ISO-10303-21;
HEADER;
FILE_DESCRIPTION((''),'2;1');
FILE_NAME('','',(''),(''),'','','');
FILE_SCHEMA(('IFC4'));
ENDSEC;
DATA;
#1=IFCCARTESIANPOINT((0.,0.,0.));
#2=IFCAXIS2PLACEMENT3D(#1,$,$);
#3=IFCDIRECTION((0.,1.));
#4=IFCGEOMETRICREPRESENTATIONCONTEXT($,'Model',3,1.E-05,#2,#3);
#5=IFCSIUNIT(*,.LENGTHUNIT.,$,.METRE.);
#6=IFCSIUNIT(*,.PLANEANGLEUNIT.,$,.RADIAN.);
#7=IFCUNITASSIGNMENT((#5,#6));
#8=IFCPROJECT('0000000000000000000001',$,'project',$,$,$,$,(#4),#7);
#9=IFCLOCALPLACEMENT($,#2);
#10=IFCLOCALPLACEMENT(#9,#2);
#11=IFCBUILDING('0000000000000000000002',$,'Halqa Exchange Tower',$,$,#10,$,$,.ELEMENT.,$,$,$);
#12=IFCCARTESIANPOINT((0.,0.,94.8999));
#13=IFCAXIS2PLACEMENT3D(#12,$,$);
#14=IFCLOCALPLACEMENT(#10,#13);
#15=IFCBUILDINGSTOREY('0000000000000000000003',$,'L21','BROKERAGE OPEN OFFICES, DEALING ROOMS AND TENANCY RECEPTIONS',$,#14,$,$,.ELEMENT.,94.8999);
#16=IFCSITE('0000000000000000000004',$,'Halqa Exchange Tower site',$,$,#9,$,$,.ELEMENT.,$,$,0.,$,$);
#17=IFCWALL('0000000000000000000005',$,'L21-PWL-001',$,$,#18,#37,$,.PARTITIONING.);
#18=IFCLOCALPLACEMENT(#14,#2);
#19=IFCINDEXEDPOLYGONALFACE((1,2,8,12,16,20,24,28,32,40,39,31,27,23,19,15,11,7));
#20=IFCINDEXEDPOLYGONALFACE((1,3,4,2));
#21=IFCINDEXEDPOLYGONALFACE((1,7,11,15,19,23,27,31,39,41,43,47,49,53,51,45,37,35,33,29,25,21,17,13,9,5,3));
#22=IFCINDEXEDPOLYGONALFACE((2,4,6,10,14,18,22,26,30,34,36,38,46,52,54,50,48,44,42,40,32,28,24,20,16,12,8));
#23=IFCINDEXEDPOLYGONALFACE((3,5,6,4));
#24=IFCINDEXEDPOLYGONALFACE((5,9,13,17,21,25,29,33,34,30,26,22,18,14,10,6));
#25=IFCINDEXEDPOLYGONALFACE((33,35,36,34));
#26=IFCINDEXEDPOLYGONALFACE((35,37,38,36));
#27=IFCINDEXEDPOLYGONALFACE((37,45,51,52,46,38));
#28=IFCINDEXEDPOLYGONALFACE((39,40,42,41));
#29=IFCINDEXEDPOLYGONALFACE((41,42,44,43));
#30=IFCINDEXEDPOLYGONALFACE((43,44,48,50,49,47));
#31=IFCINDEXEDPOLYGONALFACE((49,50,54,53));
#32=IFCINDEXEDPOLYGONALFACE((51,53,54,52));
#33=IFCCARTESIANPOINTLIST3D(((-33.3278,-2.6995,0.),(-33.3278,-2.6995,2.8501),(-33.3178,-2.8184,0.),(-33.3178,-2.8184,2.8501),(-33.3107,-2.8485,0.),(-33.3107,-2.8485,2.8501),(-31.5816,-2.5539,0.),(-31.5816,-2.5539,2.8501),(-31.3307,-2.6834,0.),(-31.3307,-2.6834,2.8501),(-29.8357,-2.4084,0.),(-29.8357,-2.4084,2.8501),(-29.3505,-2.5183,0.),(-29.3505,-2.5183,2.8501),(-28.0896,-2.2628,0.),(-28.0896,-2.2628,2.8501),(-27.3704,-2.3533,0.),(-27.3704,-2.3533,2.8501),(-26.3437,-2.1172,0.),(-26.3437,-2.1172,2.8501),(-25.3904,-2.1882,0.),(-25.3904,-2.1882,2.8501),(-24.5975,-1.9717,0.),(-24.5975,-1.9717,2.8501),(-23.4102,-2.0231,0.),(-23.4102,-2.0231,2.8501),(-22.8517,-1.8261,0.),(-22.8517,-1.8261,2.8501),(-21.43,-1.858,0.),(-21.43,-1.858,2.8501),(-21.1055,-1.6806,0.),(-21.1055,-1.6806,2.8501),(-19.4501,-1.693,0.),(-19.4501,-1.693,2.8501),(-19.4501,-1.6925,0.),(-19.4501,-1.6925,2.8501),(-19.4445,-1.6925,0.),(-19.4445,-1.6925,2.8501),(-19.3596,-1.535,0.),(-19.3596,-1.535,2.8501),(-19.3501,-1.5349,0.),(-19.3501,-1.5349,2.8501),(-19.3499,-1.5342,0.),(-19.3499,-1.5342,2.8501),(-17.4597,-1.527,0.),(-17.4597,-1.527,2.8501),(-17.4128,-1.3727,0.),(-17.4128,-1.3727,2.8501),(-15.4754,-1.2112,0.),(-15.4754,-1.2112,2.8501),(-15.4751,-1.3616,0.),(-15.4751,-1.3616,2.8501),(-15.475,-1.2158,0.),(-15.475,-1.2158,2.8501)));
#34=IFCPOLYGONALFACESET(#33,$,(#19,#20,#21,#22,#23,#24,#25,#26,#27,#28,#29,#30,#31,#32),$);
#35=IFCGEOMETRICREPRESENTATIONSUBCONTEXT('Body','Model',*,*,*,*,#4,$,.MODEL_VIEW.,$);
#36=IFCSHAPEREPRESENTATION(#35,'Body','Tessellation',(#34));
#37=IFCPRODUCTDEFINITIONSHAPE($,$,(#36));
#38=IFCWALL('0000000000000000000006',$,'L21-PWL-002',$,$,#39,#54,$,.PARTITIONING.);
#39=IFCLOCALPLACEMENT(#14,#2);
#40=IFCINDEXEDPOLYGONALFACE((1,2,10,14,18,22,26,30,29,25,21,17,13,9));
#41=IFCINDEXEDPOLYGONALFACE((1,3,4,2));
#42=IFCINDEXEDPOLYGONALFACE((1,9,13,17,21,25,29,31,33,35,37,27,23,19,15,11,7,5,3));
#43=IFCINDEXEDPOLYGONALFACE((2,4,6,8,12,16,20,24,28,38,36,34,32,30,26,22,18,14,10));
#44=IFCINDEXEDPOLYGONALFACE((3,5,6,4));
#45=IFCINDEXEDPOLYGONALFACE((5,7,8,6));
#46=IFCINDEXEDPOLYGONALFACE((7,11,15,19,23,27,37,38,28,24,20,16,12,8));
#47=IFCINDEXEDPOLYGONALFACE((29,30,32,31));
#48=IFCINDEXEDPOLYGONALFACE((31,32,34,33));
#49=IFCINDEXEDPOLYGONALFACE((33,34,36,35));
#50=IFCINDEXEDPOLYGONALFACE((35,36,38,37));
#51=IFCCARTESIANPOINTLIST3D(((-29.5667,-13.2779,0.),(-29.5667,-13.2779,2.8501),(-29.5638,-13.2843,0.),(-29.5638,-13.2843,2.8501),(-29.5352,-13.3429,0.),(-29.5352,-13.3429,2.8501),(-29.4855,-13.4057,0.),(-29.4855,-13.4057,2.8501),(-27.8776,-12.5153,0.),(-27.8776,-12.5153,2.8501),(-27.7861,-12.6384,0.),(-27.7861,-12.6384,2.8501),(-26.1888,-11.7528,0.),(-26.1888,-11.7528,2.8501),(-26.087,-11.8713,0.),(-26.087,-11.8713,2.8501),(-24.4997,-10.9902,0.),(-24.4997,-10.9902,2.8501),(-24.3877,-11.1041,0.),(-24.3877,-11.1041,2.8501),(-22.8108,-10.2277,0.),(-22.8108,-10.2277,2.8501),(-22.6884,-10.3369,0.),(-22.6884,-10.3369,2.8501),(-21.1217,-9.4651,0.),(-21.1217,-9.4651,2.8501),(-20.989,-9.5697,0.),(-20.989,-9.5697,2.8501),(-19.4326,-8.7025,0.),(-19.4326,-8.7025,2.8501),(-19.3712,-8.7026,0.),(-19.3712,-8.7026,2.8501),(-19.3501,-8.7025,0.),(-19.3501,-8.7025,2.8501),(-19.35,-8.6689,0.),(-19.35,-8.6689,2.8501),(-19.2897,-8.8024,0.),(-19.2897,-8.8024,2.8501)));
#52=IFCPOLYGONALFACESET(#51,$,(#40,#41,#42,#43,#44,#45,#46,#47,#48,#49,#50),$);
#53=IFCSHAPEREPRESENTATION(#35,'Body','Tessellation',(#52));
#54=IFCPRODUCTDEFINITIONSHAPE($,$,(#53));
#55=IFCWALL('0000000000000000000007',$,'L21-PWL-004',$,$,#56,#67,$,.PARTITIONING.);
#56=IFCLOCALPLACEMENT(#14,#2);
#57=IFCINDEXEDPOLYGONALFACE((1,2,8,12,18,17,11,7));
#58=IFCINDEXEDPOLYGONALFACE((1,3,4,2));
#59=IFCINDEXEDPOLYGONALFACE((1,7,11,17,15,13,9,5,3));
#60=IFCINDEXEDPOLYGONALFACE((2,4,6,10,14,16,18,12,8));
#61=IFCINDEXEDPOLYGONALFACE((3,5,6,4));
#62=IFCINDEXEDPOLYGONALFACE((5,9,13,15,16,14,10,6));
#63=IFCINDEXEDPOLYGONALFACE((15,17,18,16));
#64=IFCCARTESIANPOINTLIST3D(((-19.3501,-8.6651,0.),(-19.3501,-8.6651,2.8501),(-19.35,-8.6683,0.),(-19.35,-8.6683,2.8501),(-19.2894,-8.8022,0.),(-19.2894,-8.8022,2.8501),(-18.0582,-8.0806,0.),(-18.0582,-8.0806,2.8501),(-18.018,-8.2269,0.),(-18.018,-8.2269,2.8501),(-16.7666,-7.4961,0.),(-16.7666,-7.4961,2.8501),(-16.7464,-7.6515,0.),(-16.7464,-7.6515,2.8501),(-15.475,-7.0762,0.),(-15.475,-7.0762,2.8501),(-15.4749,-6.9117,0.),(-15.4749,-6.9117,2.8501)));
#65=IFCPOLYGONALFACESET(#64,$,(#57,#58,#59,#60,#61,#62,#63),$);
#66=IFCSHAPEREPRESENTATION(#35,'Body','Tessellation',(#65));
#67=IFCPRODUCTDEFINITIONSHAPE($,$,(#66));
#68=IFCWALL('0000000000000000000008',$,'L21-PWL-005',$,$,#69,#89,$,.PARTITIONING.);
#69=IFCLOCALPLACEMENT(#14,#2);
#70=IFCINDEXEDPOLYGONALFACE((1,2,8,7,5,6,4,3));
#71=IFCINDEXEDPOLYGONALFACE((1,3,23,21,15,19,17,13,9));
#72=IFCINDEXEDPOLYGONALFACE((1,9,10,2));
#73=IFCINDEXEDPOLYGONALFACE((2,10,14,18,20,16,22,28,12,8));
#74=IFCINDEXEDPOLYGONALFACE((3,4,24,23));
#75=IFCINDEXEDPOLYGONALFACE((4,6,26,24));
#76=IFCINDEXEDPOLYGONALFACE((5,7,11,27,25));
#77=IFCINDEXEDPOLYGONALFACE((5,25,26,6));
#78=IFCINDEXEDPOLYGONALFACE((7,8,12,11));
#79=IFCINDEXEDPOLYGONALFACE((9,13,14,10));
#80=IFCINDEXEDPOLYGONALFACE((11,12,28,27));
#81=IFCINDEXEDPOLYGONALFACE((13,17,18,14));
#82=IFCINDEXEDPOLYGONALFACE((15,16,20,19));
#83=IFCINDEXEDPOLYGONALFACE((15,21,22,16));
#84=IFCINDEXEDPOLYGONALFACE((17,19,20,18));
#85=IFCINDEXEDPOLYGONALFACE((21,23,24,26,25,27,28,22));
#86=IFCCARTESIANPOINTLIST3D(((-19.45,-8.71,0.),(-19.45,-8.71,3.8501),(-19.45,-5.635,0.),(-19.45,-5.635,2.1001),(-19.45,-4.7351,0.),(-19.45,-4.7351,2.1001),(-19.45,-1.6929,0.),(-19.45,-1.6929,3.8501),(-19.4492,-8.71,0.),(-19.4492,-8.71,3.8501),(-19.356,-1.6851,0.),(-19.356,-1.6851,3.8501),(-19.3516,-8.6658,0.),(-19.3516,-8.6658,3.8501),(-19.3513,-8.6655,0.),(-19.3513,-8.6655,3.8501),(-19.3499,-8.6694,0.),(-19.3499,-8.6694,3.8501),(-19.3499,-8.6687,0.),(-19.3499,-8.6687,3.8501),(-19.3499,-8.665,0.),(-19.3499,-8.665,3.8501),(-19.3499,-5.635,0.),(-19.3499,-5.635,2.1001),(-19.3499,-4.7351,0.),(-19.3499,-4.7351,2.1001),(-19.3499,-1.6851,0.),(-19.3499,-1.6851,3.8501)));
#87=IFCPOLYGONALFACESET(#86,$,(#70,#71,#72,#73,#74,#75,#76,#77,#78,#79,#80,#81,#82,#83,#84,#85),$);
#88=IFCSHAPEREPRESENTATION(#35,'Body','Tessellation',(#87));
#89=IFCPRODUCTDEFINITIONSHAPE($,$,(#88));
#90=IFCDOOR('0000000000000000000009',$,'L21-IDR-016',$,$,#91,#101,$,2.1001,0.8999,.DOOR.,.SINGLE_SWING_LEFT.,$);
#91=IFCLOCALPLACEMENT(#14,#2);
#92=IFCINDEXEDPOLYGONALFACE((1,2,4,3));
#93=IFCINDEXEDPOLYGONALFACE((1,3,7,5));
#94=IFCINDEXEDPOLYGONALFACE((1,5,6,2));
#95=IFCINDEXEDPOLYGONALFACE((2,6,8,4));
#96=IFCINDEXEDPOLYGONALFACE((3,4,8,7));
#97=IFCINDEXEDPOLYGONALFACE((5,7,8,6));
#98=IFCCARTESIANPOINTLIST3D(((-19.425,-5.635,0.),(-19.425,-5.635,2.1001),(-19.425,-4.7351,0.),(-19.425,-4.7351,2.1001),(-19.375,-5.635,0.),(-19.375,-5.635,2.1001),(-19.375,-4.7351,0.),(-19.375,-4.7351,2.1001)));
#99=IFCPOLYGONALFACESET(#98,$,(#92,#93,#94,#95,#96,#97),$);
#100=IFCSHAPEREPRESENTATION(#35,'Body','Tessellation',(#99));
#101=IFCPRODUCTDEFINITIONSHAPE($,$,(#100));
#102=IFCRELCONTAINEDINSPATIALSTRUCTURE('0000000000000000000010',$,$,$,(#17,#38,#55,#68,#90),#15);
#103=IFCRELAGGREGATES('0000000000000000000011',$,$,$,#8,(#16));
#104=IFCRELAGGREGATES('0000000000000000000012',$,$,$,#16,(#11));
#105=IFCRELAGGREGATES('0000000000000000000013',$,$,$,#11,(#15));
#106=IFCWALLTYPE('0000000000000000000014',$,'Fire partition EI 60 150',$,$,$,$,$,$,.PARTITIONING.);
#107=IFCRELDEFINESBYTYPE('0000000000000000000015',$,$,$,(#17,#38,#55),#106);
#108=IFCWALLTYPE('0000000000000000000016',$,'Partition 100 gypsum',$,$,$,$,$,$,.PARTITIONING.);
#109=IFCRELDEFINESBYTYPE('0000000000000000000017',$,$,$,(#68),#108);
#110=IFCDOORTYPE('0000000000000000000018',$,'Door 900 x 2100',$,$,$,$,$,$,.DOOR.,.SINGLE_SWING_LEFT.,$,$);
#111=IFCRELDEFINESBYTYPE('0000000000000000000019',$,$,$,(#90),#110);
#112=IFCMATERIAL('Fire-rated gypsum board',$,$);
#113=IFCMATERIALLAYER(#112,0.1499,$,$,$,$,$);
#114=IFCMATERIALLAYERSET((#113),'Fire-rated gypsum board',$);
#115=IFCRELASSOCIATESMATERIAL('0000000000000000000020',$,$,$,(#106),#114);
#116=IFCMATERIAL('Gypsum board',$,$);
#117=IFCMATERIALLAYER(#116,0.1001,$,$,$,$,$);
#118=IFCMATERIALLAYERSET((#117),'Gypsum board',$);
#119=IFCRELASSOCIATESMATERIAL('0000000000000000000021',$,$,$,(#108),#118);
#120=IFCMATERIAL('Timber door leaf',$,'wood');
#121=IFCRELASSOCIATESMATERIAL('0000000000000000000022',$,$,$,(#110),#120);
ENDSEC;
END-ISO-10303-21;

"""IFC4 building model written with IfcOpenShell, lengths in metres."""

from ifc_helpers import new_model, si_unit, direction, frame, frame_2d, origin, place, context, subcontext, project, spatial, polyline, rectangle, outline, extrude, material, layer, layer_set, type_object, element, fill, save


model = new_model("IFC4")

# Units and contexts
model_context = context("Model", 3, precision=1e-05, world=origin(), true_north=direction((0.0, 1.0)))
body_context = subcontext(model_context, "Body", "Model", "MODEL_VIEW")
ifc_project = project(units=[si_unit("LENGTHUNIT", "METRE"), si_unit("PLANEANGLEUNIT", "RADIAN")], contexts=[model_context])

# Site, building, storey
site_placement = place(None, origin())
site = spatial("IfcSite", under=ifc_project, at=site_placement, Name="Halqa Exchange Tower site", CompositionType="ELEMENT", RefElevation=0.0)
building_placement = place(site_placement, origin())
building = spatial("IfcBuilding", under=site, at=building_placement, Name="Halqa Exchange Tower", CompositionType="ELEMENT")
storey_placement = place(building_placement, frame((0.0, 0.0, 94.8999)))
storey = spatial("IfcBuildingStorey", under=building, at=storey_placement, Name="L21", Description="BROKERAGE OPEN OFFICES, DEALING ROOMS AND TENANCY RECEPTIONS", CompositionType="ELEMENT", Elevation=94.8999)

# Walls
ifc_material_1 = material(Name="Fire-rated gypsum board")
ifc_layer_1 = layer(ifc_material_1, 0.1499)
ifc_layer_set_1 = layer_set([ifc_layer_1], Name="Fire-rated gypsum board")
wall_type_1 = type_object("IfcWallType", Name="Fire partition EI 60 150", PredefinedType="PARTITIONING", material=ifc_layer_set_1)
wall_1_placement = place(storey_placement, frame((-33.3215, -2.7742, 0.0), z_axis=(0.0, 0.0, 1.0), x_axis=(0.996543, 0.083078, 0.0)))
element("IfcWall", 1, at=wall_1_placement, inside=storey, type_object=wall_type_1, Name="L21-PWL-001", PredefinedType="PARTITIONING", context=body_context, shape_type="SweptSolid", body=[
    extrude(outline(polyline([(0.0046, -0.075), (1.9915, -0.075), (3.9785, -0.075), (5.9656, -0.075), (7.9524, -0.075), (9.9395, -0.075), (11.9265, -0.075), (13.9133, -0.075), (13.9133, -0.0745), (13.9189, -0.075), (15.9106, -0.075), (17.9021, -0.075), (17.9143, 0.0703), (17.9143, 0.075), (15.9702, 0.075), (14.0264, 0.075), (14.0261, 0.0742), (14.0166, 0.075), (12.2646, 0.075), (10.5125, 0.075), (8.7605, 0.075), (7.0083, 0.075), (5.2563, 0.075), (3.5042, 0.075), (1.7522, 0.075), (0.0, 0.075), (0.0, -0.0444), (0.0046, -0.075)])), origin(), (0.0, 0.0, 1.0), 2.8501),
])
wall_2_placement = place(storey_placement, frame((-29.5359, -13.3462, 0.0), z_axis=(0.0, 0.0, 1.0), x_axis=(0.911415, 0.411489, 0.0)))
element("IfcWall", 2, at=wall_2_placement, inside=storey, type_object=wall_type_1, Name="L21-PWL-002", PredefinedType="PARTITIONING", context=body_context, shape_type="SweptSolid", body=[
    extrude(outline(polyline([(11.2083, -0.075), (11.2083, 0.0715), (11.1943, 0.041), (11.175, 0.0496), (11.175, 0.0496), (11.1191, 0.075), (9.2659, 0.075), (7.4126, 0.075), (5.5596, 0.075), (3.7063, 0.075), (1.8533, 0.075), (0.0, 0.075), (0.0, 0.0679), (0.002, 0.0027), (0.0215, -0.075), (1.886, -0.075), (3.7502, -0.075), (5.6147, -0.075), (7.4792, -0.075), (9.3438, -0.075), (11.2083, -0.075)])), origin(), (0.0, 0.0, 1.0), 2.8501),
])
wall_3_placement = place(storey_placement, frame((-19.3203, -8.7339, 0.0), z_axis=(0.0, 0.0, 1.0), x_axis=(0.911075, 0.412242, 0.0)))
element("IfcWall", 3, at=wall_3_placement, inside=storey, type_object=wall_type_1, Name="L21-PWL-004", PredefinedType="PARTITIONING", context=body_context, shape_type="SweptSolid", body=[
    extrude(outline(polyline([(0.0, -0.075), (1.3955, -0.075), (2.7913, -0.075), (4.1868, -0.075), (4.2546, 0.075), (2.8369, 0.075), (1.4192, 0.075), (0.0012, 0.075), (0.0, 0.072), (0.0, -0.075)])), origin(), (0.0, 0.0, 1.0), 2.8501),
])

# Wall, opening, door
ifc_material_2 = material(Name="Gypsum board")
ifc_layer_2 = layer(ifc_material_2, 0.1001)
ifc_layer_set_2 = layer_set([ifc_layer_2], Name="Gypsum board")
wall_type_2 = type_object("IfcWallType", Name="Partition 100 gypsum", PredefinedType="PARTITIONING", material=ifc_layer_set_2)
wall_4_placement = place(storey_placement, frame((-19.3999, -8.71, 0.0), z_axis=(0.0, 0.0, 1.0), x_axis=(0.0, 1.0, 0.0)))
wall_4 = element("IfcWall", 4, at=wall_4_placement, inside=storey, type_object=wall_type_2, Name="L21-PWL-005", PredefinedType="PARTITIONING", context=body_context, shape_type="SweptSolid", body=[
    extrude(outline(polyline([(0.0405, -0.05), (0.0413, -0.05), (0.0444, -0.0486), (0.0449, -0.05), (1.79, -0.05), (3.5349, -0.05), (5.28, -0.05), (7.0249, -0.05), (7.0249, -0.0439), (7.0171, 0.05), (5.2627, 0.05), (3.5085, 0.05), (1.7542, 0.05), (0.0, 0.05), (0.0, 0.0493), (0.0442, -0.0483), (0.0405, -0.05)])), origin(), (0.0, 0.0, 1.0), 3.8501),
])
opening_1_placement = place(wall_4_placement, frame((3.075, 0.0, 0.0)))
opening_1 = element("IfcOpeningElement", 5, at=opening_1_placement, cuts=wall_4, PredefinedType="OPENING", context=body_context, shape_type="SweptSolid", body=[
    extrude(rectangle(XDim=0.8999, YDim=2.1001, at=frame_2d((0.45, 1.05))), frame((0.0, 0.062, 0.0), z_axis=(0.0, -1.0, 0.0), x_axis=(1.0, 0.0, 0.0)), (0.0, 0.0, 1.0), 0.124),
])
ifc_material_3 = material(Name="Timber door leaf", Category="wood")
door_type_1 = type_object("IfcDoorType", Name="Door 900 x 2100", OperationType="SINGLE_SWING_LEFT", PredefinedType="DOOR", material=ifc_material_3)
door_1_placement = place(opening_1_placement, frame((0.8999, 0.0, 0.0), z_axis=(0.0, 0.0, 1.0), x_axis=(-1.0, 0.0, 0.0)))
door_1 = element("IfcDoor", 6, at=door_1_placement, inside=storey, type_object=door_type_1, Name="L21-IDR-016", OperationType="SINGLE_SWING_LEFT", OverallHeight=2.1001, OverallWidth=0.8999, PredefinedType="DOOR", context=body_context, shape_type="SweptSolid", body=[
    extrude(rectangle(XDim=0.8999, YDim=2.1001, at=frame_2d((0.45, 1.05))), frame((0.0, 0.0249, 0.0), z_axis=(0.0, -1.0, 0.0), x_axis=(1.0, 0.0, 0.0)), (0.0, 0.0, 1.0), 0.05),
])
fill(opening_1, door_1)

save(model, "model.ifc")
